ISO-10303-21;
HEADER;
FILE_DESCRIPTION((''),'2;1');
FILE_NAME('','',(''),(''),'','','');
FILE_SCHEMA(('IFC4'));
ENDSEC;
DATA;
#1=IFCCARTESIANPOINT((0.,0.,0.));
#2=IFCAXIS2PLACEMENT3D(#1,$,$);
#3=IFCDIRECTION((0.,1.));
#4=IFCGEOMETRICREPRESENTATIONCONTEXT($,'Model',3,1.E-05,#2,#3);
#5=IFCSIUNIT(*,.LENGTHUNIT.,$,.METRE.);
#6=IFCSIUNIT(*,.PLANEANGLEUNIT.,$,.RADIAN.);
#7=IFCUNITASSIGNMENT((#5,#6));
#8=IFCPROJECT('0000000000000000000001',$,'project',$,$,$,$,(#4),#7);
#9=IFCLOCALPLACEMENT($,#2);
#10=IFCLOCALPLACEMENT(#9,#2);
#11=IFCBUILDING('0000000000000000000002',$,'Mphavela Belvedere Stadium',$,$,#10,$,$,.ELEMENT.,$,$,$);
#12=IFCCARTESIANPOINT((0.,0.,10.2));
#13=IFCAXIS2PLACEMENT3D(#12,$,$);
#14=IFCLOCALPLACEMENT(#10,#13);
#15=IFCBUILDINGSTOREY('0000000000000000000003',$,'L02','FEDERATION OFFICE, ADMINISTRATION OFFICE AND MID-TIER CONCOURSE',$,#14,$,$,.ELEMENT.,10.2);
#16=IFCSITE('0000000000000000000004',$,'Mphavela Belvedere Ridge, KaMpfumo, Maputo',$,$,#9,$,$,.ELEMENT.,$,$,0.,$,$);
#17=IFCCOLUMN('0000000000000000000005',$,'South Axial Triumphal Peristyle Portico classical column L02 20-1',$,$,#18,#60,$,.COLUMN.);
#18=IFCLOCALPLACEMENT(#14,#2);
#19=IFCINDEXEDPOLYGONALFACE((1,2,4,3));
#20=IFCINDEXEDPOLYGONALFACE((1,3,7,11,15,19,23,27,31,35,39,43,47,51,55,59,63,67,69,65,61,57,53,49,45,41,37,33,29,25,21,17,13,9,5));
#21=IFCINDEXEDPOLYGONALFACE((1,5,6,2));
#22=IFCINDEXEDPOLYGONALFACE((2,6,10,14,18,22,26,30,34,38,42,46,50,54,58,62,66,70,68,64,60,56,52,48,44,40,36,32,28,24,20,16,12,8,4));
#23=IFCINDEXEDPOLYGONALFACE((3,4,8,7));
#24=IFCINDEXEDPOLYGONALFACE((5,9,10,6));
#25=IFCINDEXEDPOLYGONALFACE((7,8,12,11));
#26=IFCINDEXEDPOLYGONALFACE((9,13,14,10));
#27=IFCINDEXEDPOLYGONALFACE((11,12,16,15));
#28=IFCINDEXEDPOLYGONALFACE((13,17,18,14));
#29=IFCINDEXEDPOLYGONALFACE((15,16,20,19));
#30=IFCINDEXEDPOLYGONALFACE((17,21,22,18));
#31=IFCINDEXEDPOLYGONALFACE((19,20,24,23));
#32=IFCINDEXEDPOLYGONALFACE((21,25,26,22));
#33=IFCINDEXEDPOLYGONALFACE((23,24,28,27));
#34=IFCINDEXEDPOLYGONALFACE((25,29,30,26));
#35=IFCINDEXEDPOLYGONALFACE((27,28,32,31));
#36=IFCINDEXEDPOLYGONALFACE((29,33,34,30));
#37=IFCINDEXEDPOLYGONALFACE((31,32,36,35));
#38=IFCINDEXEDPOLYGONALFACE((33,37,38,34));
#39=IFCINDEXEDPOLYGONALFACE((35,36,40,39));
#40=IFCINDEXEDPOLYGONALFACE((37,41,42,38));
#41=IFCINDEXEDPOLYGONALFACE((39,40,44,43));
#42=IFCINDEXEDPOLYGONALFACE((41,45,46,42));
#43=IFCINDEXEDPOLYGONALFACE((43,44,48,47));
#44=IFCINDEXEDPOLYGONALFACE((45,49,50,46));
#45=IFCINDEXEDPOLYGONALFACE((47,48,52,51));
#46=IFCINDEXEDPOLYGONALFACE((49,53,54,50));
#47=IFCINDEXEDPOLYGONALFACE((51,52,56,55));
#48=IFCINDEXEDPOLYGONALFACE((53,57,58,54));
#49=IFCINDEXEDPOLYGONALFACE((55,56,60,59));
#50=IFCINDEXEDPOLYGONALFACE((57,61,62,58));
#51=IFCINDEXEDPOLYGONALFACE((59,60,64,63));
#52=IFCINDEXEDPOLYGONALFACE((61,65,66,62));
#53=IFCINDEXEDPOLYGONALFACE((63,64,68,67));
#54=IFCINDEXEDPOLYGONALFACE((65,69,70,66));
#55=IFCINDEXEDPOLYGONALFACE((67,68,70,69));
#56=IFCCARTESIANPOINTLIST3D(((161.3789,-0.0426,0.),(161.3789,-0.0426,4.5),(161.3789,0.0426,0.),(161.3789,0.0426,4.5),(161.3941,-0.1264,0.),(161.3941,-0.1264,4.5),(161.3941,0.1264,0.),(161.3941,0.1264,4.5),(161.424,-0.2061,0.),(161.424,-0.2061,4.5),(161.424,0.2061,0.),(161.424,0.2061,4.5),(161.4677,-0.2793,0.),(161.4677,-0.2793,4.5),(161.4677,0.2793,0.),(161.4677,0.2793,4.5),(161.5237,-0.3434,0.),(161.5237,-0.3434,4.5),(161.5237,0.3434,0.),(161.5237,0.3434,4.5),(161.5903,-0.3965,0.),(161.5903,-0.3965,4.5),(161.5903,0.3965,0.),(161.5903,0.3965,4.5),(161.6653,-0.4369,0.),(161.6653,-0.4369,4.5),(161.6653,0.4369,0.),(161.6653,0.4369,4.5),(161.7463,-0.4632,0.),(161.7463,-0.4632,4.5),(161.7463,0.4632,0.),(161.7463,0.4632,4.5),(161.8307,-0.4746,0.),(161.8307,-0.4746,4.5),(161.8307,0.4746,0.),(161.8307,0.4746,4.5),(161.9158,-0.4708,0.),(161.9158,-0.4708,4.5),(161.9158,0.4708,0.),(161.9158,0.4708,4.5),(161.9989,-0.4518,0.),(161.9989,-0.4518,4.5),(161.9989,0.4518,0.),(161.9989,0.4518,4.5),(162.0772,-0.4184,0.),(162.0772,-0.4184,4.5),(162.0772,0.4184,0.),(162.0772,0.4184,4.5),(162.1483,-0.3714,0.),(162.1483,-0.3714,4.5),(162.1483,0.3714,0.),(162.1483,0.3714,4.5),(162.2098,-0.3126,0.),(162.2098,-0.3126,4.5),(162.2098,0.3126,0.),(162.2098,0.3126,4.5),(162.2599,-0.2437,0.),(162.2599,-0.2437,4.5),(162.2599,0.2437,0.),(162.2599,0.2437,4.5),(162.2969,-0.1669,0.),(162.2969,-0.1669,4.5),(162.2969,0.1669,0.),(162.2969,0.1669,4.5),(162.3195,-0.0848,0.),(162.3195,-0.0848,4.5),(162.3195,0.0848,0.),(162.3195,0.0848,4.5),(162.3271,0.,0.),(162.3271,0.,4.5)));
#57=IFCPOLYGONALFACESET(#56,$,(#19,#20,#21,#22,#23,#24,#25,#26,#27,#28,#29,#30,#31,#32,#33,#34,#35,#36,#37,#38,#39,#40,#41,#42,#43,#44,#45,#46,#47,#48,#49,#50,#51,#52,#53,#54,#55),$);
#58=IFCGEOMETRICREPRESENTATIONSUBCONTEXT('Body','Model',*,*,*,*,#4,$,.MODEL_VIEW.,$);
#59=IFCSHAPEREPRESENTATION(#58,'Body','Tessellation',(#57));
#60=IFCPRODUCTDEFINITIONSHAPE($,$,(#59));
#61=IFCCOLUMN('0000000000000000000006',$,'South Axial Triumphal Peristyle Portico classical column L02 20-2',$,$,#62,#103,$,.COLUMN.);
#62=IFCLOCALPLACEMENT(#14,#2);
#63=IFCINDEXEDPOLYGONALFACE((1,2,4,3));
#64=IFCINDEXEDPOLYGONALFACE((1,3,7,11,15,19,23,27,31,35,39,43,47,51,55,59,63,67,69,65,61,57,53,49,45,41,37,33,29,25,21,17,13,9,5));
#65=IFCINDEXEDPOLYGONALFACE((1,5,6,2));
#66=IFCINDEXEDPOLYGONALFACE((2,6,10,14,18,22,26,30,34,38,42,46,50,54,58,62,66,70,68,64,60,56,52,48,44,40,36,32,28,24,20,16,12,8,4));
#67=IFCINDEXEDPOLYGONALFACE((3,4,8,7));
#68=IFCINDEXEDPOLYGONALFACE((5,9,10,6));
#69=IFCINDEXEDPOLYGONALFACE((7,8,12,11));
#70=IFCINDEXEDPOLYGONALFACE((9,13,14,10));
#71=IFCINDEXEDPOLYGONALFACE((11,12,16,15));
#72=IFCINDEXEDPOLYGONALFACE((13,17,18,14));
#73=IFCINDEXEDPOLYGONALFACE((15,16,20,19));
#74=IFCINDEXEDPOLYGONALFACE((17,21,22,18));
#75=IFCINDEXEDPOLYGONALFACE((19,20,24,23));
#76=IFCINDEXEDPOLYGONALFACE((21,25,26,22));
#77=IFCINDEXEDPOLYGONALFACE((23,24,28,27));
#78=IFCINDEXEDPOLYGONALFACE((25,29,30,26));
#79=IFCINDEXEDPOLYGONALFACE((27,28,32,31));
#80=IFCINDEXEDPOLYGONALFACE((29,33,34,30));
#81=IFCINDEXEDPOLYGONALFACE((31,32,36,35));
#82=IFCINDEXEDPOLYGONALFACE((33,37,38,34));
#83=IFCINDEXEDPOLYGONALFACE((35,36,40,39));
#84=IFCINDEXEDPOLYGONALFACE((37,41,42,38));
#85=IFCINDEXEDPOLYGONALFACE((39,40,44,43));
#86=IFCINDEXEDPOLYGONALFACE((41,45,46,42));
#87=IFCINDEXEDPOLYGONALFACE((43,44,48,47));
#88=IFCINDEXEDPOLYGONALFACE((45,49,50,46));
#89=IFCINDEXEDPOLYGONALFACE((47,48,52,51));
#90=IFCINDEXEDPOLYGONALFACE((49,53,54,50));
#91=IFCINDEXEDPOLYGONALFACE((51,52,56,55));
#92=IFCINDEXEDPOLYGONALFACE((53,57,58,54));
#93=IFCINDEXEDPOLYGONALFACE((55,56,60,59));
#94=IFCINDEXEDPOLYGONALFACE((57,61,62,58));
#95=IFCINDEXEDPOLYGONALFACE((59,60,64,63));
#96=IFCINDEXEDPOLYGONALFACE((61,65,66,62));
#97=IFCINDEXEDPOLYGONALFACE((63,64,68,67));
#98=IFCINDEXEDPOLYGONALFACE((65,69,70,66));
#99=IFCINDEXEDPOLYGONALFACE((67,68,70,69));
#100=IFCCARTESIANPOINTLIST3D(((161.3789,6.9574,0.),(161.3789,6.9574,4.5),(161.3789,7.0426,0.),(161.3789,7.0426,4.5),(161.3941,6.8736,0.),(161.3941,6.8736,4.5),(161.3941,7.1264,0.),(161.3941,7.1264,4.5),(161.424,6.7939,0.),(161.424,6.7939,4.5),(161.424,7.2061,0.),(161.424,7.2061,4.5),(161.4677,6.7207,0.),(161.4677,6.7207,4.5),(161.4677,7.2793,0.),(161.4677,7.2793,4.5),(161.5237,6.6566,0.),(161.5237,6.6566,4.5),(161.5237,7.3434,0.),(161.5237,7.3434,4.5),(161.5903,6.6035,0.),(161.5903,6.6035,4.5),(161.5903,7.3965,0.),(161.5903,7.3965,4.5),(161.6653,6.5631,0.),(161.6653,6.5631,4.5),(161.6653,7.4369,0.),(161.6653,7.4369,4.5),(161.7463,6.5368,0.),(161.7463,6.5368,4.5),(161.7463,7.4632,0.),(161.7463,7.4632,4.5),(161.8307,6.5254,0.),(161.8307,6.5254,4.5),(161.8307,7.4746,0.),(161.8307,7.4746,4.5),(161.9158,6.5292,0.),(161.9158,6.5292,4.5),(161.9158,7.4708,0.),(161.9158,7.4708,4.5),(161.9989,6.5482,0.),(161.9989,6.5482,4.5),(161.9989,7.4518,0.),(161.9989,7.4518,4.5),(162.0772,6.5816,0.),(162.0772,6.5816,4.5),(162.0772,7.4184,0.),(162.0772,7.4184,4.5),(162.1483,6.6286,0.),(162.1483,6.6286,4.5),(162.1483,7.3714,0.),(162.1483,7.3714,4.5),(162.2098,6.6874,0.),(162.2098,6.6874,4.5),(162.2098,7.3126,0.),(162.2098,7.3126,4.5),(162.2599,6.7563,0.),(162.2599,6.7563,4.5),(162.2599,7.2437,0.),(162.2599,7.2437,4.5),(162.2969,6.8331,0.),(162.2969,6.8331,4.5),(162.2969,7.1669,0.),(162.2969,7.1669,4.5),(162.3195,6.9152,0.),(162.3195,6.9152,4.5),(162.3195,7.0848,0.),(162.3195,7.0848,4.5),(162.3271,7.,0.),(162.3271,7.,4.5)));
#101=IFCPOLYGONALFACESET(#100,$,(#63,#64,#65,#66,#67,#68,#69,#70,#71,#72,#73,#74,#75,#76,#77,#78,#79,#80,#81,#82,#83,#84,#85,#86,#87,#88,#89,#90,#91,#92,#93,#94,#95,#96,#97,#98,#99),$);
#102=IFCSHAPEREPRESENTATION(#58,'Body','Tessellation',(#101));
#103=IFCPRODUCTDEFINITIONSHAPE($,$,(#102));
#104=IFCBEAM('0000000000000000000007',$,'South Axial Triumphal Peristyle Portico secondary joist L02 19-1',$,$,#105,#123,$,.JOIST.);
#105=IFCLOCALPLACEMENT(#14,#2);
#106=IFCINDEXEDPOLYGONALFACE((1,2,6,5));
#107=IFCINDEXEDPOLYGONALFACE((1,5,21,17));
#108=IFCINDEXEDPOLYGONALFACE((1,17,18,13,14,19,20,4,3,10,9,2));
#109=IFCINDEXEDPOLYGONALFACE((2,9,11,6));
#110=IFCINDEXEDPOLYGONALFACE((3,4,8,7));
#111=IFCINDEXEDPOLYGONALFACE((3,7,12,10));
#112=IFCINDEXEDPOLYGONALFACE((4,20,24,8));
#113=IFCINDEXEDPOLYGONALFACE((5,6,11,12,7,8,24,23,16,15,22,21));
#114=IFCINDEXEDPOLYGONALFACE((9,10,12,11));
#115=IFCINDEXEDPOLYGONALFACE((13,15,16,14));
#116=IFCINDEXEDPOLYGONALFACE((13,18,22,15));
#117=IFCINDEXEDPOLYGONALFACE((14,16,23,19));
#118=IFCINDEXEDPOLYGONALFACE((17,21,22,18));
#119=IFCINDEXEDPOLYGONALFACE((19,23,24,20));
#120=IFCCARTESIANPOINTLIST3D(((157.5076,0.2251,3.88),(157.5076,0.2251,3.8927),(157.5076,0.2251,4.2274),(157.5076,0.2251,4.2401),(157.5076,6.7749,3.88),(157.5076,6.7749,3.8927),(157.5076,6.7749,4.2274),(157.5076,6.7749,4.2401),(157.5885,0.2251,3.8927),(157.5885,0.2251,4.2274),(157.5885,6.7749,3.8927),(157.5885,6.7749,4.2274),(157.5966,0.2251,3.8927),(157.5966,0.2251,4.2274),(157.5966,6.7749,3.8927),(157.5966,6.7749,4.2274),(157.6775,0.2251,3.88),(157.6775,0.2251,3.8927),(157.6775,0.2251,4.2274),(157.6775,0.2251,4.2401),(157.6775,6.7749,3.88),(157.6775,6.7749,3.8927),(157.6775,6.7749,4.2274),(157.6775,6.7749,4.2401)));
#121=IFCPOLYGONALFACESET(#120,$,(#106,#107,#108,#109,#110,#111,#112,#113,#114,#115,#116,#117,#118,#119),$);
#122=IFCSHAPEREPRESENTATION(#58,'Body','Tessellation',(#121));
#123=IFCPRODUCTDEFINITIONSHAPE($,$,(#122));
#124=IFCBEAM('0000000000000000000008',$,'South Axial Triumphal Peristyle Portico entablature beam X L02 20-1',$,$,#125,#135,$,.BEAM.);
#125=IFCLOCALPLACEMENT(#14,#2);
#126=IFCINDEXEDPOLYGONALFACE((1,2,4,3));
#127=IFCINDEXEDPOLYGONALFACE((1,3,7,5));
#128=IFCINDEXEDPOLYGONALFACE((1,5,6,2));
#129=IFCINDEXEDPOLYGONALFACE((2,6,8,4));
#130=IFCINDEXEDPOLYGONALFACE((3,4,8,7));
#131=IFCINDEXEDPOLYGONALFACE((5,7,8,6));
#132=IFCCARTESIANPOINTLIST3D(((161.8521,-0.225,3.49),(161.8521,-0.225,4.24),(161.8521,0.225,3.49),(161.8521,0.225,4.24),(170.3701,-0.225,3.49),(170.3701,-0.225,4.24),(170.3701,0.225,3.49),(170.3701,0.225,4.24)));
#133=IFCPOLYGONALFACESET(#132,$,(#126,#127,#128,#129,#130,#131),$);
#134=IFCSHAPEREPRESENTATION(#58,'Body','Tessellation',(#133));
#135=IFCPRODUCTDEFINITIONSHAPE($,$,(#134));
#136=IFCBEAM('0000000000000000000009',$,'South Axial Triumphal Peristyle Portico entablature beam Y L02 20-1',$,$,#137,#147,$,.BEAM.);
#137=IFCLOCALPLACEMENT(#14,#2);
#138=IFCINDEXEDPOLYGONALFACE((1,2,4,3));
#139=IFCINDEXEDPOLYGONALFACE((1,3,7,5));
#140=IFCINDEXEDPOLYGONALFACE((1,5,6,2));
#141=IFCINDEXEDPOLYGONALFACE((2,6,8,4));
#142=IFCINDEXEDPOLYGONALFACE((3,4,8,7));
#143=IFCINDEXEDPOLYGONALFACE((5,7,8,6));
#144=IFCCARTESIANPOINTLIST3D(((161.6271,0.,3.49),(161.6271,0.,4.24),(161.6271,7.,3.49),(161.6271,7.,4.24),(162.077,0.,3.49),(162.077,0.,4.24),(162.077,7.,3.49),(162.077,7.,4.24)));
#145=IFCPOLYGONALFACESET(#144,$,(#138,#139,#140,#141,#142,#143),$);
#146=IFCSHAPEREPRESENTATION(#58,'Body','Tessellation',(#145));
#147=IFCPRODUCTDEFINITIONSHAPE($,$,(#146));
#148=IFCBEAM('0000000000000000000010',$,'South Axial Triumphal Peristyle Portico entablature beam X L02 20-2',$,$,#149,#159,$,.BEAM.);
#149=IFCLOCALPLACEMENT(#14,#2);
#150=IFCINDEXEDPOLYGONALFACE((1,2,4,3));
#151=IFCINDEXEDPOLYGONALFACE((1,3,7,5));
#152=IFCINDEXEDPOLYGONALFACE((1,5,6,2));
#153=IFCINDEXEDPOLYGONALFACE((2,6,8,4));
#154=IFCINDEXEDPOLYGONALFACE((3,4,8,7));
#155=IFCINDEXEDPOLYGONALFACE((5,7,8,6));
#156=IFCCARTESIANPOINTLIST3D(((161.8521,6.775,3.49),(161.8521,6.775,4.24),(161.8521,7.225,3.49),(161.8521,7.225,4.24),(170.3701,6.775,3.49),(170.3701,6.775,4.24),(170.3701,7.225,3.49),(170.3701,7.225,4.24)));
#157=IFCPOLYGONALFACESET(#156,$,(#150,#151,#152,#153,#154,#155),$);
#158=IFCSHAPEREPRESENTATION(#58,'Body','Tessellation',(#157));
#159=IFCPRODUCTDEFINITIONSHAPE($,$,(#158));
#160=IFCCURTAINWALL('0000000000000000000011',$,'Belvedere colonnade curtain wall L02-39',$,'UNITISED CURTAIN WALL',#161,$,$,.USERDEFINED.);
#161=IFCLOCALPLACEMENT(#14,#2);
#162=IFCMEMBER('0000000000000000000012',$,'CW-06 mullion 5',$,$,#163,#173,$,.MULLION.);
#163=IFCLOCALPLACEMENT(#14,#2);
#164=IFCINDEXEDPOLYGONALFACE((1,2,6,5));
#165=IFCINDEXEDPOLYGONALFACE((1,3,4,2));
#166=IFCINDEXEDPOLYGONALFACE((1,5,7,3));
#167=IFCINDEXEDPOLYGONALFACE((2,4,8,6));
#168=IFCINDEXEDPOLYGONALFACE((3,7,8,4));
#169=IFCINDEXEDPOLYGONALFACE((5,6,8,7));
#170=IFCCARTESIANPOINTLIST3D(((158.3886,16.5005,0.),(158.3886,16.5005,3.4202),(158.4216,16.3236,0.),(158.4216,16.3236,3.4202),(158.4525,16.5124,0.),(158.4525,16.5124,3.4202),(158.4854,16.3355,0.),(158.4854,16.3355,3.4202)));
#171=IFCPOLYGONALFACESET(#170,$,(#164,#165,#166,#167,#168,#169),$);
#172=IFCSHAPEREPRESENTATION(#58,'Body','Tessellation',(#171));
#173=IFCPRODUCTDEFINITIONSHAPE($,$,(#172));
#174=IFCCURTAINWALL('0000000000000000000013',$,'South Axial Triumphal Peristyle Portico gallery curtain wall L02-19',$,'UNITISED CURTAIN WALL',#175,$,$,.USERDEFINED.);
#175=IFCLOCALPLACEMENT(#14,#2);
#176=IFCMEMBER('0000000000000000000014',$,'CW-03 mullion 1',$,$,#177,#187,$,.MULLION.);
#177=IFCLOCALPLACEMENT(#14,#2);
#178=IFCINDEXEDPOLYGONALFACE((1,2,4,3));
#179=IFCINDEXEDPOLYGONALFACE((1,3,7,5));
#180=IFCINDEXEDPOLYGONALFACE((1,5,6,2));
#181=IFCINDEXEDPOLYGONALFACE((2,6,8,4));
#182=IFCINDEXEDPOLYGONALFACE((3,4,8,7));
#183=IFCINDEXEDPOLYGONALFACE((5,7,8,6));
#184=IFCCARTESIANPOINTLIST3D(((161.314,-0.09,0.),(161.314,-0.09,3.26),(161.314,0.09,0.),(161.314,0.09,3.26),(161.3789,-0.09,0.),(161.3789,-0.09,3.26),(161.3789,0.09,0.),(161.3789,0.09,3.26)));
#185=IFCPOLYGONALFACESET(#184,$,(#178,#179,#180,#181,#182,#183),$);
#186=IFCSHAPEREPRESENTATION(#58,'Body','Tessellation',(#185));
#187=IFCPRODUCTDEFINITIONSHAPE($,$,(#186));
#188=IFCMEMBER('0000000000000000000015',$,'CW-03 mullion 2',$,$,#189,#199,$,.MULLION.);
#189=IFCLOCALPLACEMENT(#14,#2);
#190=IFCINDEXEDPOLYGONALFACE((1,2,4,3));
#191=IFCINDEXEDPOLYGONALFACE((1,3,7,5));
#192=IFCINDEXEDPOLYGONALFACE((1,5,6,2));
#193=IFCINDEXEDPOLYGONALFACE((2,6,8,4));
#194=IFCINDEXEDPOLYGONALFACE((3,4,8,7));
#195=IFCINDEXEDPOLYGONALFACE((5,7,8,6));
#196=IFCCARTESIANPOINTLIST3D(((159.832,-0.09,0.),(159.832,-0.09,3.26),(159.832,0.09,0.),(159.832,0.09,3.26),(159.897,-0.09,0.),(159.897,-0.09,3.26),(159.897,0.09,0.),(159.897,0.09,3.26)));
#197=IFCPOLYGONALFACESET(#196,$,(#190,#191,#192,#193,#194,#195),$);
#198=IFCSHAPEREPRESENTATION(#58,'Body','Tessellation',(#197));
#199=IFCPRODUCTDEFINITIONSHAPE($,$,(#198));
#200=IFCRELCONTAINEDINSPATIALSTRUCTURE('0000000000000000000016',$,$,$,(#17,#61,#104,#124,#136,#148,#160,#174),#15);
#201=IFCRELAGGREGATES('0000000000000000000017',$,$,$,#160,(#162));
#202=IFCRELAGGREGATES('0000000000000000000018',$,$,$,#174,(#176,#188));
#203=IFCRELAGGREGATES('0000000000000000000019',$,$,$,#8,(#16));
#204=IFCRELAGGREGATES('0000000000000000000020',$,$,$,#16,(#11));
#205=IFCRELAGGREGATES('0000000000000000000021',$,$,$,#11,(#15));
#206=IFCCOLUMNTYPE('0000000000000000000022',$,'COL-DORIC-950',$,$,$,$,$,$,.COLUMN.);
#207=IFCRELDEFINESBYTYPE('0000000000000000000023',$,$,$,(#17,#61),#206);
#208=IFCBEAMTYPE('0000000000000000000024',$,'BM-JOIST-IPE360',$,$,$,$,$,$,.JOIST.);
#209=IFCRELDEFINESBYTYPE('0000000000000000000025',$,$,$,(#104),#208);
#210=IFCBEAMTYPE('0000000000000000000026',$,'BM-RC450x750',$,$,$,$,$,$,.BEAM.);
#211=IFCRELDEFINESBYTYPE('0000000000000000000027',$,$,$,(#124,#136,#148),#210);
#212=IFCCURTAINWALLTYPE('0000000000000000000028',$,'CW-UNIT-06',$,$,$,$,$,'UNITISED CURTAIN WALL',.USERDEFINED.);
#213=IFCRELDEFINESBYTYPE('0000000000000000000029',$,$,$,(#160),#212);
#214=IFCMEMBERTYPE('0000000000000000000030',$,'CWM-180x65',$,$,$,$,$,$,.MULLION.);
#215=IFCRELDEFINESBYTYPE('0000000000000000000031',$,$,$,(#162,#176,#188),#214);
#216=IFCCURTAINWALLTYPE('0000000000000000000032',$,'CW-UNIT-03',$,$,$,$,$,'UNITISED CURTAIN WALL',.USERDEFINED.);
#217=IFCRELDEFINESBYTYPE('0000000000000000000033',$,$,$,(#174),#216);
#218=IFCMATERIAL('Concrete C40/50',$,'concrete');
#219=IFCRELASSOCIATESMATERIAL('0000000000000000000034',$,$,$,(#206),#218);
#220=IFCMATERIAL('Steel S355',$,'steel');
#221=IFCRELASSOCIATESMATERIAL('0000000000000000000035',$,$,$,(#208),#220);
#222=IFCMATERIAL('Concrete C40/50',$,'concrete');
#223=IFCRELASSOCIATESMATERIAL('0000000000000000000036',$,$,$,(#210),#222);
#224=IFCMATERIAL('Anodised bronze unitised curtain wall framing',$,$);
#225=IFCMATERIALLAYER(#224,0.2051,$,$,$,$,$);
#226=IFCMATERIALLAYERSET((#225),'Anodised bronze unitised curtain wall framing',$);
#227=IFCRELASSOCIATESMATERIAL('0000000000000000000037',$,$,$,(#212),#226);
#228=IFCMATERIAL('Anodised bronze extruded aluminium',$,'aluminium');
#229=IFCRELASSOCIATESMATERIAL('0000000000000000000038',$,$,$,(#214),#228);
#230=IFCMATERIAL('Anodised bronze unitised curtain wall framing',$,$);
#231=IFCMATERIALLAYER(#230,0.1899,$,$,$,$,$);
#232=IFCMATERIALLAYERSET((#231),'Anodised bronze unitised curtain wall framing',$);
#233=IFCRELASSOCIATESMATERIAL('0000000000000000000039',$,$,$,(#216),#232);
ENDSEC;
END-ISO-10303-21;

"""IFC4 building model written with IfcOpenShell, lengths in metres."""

from ifc_helpers import new_model, si_unit, direction, frame, origin, origin_2d, place, context, subcontext, project, spatial, rectangle, circle, i_section, extrude, material, layer, layer_set, material_profile, profile_set, type_object, element, aggregate, save


model = new_model("IFC4")

# Units and contexts
model_context = context("Model", 3, precision=1e-05, world=origin(), true_north=direction((0.0, 1.0)))
body_context = subcontext(model_context, "Body", "Model", "MODEL_VIEW")
ifc_project = project(units=[si_unit("LENGTHUNIT", "METRE"), si_unit("PLANEANGLEUNIT", "RADIAN")], contexts=[model_context])

# Site, building, storey
site_placement = place(None, origin())
site = spatial("IfcSite", under=ifc_project, at=site_placement, Name="Mphavela Belvedere Ridge, KaMpfumo, Maputo", CompositionType="ELEMENT", RefElevation=0.0)
building_placement = place(site_placement, origin())
building = spatial("IfcBuilding", under=site, at=building_placement, Name="Mphavela Belvedere Stadium", CompositionType="ELEMENT")
storey_placement = place(building_placement, frame((0.0, 0.0, 10.2)))
storey = spatial("IfcBuildingStorey", under=building, at=storey_placement, Name="L02", Description="FEDERATION OFFICE, ADMINISTRATION OFFICE AND MID-TIER CONCOURSE", CompositionType="ELEMENT", Elevation=10.2)

# Columns
ifc_material_1 = material(Name="Concrete C40/50", Category="concrete")
ifc_material_profile_1 = material_profile(ifc_material_1, circle(Radius=0.4751, at=origin_2d()), Name="COL D950")
ifc_profile_set_1 = profile_set([ifc_material_profile_1], Name="Concrete C40/50")
column_type = type_object("IfcColumnType", Name="COL-DORIC-950", PredefinedType="COLUMN", material=ifc_profile_set_1)
for number, where, z_axis, x_axis, name in (
    (1, (161.8521, 0.0, 0.0), (0.0, 0.0, 1.0), (1.0, 0.0, 0.0), "South Axial Triumphal Peristyle Portico classical column L02 20-1"),
    (2, (161.8521, 7.0, 0.0), (0.0, 0.0, 1.0), (1.0, 0.0, 0.0), "South Axial Triumphal Peristyle Portico classical column L02 20-2"),
):
    element("IfcColumn", number, at=place(storey_placement, frame(where, z_axis=z_axis, x_axis=x_axis)), inside=storey, type_object=column_type, Name=name, PredefinedType="COLUMN", context=body_context, shape_type="SweptSolid", body=[
        extrude(circle(Radius=0.4751, at=origin_2d()), origin(), (0.0, 0.0, 1.0), 4.5),
    ])

# Beams
ifc_material_2 = material(Name="Steel S355", Category="steel")
ifc_material_profile_2 = material_profile(ifc_material_2, i_section(OverallWidth=0.1699, OverallDepth=0.3601, WebThickness=0.0081, FlangeThickness=0.0127, at=origin_2d()), Name="IPE 360")
ifc_profile_set_2 = profile_set([ifc_material_profile_2], Name="Steel S355")
beam_type_1 = type_object("IfcBeamType", Name="BM-JOIST-IPE360", PredefinedType="JOIST", material=ifc_profile_set_2)
beam_1_placement = place(storey_placement, frame((157.5925, 0.2251, 4.0601), z_axis=(0.0, 1.0, 0.0), x_axis=(-1.0, 0.0, 0.0)))
element("IfcBeam", 3, at=beam_1_placement, inside=storey, type_object=beam_type_1, Name="South Axial Triumphal Peristyle Portico secondary joist L02 19-1", PredefinedType="JOIST", context=body_context, shape_type="SweptSolid", body=[
    extrude(i_section(OverallWidth=0.1699, OverallDepth=0.3601, WebThickness=0.0081, FlangeThickness=0.0127, at=origin_2d()), origin(), (0.0, 0.0, 1.0), 6.5498),
])
ifc_material_3 = material(Name="Concrete C40/50", Category="concrete")
ifc_material_profile_3 = material_profile(ifc_material_3, rectangle(XDim=0.45, YDim=0.75, at=origin_2d()), Name="RC 450x750")
ifc_profile_set_3 = profile_set([ifc_material_profile_3], Name="Concrete C40/50")
beam_type_2 = type_object("IfcBeamType", Name="BM-RC450x750", PredefinedType="BEAM", material=ifc_profile_set_3)
beam_2_placement = place(storey_placement, frame((161.8521, 0.0, 3.865), z_axis=(1.0, 0.0, 0.0), x_axis=(0.0, 1.0, 0.0)))
element("IfcBeam", 4, at=beam_2_placement, inside=storey, type_object=beam_type_2, Name="South Axial Triumphal Peristyle Portico entablature beam X L02 20-1", PredefinedType="BEAM", context=body_context, shape_type="SweptSolid", body=[
    extrude(rectangle(XDim=0.45, YDim=0.75, at=origin_2d()), origin(), (0.0, 0.0, 1.0), 8.5181),
])
beam_3_placement = place(storey_placement, frame((161.8521, 0.0, 3.865), z_axis=(0.0, 1.0, 0.0), x_axis=(-1.0, 0.0, 0.0)))
element("IfcBeam", 5, at=beam_3_placement, inside=storey, type_object=beam_type_2, Name="South Axial Triumphal Peristyle Portico entablature beam Y L02 20-1", PredefinedType="BEAM", context=body_context, shape_type="SweptSolid", body=[
    extrude(rectangle(XDim=0.45, YDim=0.75, at=origin_2d()), origin(), (0.0, 0.0, 1.0), 7.0),
])
beam_4_placement = place(storey_placement, frame((161.8521, 7.0, 3.865), z_axis=(1.0, 0.0, 0.0), x_axis=(0.0, 1.0, 0.0)))
element("IfcBeam", 6, at=beam_4_placement, inside=storey, type_object=beam_type_2, Name="South Axial Triumphal Peristyle Portico entablature beam X L02 20-2", PredefinedType="BEAM", context=body_context, shape_type="SweptSolid", body=[
    extrude(rectangle(XDim=0.45, YDim=0.75, at=origin_2d()), origin(), (0.0, 0.0, 1.0), 8.5181),
])

# Curtain wall, member
ifc_material_4 = material(Name="Anodised bronze unitised curtain wall framing")
ifc_layer_1 = layer(ifc_material_4, 0.2051)
ifc_layer_set_1 = layer_set([ifc_layer_1], Name="Anodised bronze unitised curtain wall framing")
curtain_wall_type_1 = type_object("IfcCurtainWallType", Name="CW-UNIT-06", ElementType="UNITISED CURTAIN WALL", PredefinedType="USERDEFINED", material=ifc_layer_set_1)
curtain_wall_1_placement = place(storey_placement, origin())
curtain_wall_1 = element("IfcCurtainWall", 7, at=curtain_wall_1_placement, inside=storey, type_object=curtain_wall_type_1, Name="Belvedere colonnade curtain wall L02-39", ObjectType="UNITISED CURTAIN WALL", PredefinedType="USERDEFINED")
ifc_material_5 = material(Name="Anodised bronze extruded aluminium", Category="aluminium")
ifc_material_profile_4 = material_profile(ifc_material_5, rectangle(XDim=0.1799, YDim=0.0649, at=origin_2d()), Name="CW-MUL 180x65")
ifc_profile_set_4 = profile_set([ifc_material_profile_4], Name="Anodised bronze extruded aluminium")
member_type_1 = type_object("IfcMemberType", Name="CWM-180x65", PredefinedType="MULLION", material=ifc_profile_set_4)
member_1_placement = place(storey_placement, frame((158.437, 16.418, 0.0), z_axis=(0.0, 0.0, 1.0), x_axis=(-0.183085, 0.983097, 0.0)))
member_1 = element("IfcMember", 8, at=member_1_placement, type_object=member_type_1, Name="CW-06 mullion 5", PredefinedType="MULLION", context=body_context, shape_type="SweptSolid", body=[
    extrude(rectangle(XDim=0.1799, YDim=0.0649, at=origin_2d()), origin(), (0.0, 0.0, 1.0), 3.4202),
])

# Curtain wall, members
ifc_material_6 = material(Name="Anodised bronze unitised curtain wall framing")
ifc_layer_2 = layer(ifc_material_6, 0.1899)
ifc_layer_set_2 = layer_set([ifc_layer_2], Name="Anodised bronze unitised curtain wall framing")
curtain_wall_type_2 = type_object("IfcCurtainWallType", Name="CW-UNIT-03", ElementType="UNITISED CURTAIN WALL", PredefinedType="USERDEFINED", material=ifc_layer_set_2)
curtain_wall_2_placement = place(storey_placement, origin())
curtain_wall_2 = element("IfcCurtainWall", 9, at=curtain_wall_2_placement, inside=storey, type_object=curtain_wall_type_2, Name="South Axial Triumphal Peristyle Portico gallery curtain wall L02-19", ObjectType="UNITISED CURTAIN WALL", PredefinedType="USERDEFINED")
member_2_placement = place(storey_placement, frame((161.3464, 0.0, 0.0), z_axis=(0.0, 0.0, 1.0), x_axis=(0.0, -1.0, 0.0)))
member_2 = element("IfcMember", 10, at=member_2_placement, type_object=member_type_1, Name="CW-03 mullion 1", PredefinedType="MULLION", context=body_context, shape_type="SweptSolid", body=[
    extrude(rectangle(XDim=0.1799, YDim=0.0649, at=origin_2d()), origin(), (0.0, 0.0, 1.0), 3.26),
])
member_3_placement = place(storey_placement, frame((159.8645, 0.0, 0.0), z_axis=(0.0, 0.0, 1.0), x_axis=(0.0, -1.0, 0.0)))
member_3 = element("IfcMember", 11, at=member_3_placement, type_object=member_type_1, Name="CW-03 mullion 2", PredefinedType="MULLION", context=body_context, shape_type="SweptSolid", body=[
    extrude(rectangle(XDim=0.1799, YDim=0.0649, at=origin_2d()), origin(), (0.0, 0.0, 1.0), 3.26),
])

aggregate(curtain_wall_1, [member_1])
aggregate(curtain_wall_2, [member_2, member_3])

save(model, "model.ifc")
